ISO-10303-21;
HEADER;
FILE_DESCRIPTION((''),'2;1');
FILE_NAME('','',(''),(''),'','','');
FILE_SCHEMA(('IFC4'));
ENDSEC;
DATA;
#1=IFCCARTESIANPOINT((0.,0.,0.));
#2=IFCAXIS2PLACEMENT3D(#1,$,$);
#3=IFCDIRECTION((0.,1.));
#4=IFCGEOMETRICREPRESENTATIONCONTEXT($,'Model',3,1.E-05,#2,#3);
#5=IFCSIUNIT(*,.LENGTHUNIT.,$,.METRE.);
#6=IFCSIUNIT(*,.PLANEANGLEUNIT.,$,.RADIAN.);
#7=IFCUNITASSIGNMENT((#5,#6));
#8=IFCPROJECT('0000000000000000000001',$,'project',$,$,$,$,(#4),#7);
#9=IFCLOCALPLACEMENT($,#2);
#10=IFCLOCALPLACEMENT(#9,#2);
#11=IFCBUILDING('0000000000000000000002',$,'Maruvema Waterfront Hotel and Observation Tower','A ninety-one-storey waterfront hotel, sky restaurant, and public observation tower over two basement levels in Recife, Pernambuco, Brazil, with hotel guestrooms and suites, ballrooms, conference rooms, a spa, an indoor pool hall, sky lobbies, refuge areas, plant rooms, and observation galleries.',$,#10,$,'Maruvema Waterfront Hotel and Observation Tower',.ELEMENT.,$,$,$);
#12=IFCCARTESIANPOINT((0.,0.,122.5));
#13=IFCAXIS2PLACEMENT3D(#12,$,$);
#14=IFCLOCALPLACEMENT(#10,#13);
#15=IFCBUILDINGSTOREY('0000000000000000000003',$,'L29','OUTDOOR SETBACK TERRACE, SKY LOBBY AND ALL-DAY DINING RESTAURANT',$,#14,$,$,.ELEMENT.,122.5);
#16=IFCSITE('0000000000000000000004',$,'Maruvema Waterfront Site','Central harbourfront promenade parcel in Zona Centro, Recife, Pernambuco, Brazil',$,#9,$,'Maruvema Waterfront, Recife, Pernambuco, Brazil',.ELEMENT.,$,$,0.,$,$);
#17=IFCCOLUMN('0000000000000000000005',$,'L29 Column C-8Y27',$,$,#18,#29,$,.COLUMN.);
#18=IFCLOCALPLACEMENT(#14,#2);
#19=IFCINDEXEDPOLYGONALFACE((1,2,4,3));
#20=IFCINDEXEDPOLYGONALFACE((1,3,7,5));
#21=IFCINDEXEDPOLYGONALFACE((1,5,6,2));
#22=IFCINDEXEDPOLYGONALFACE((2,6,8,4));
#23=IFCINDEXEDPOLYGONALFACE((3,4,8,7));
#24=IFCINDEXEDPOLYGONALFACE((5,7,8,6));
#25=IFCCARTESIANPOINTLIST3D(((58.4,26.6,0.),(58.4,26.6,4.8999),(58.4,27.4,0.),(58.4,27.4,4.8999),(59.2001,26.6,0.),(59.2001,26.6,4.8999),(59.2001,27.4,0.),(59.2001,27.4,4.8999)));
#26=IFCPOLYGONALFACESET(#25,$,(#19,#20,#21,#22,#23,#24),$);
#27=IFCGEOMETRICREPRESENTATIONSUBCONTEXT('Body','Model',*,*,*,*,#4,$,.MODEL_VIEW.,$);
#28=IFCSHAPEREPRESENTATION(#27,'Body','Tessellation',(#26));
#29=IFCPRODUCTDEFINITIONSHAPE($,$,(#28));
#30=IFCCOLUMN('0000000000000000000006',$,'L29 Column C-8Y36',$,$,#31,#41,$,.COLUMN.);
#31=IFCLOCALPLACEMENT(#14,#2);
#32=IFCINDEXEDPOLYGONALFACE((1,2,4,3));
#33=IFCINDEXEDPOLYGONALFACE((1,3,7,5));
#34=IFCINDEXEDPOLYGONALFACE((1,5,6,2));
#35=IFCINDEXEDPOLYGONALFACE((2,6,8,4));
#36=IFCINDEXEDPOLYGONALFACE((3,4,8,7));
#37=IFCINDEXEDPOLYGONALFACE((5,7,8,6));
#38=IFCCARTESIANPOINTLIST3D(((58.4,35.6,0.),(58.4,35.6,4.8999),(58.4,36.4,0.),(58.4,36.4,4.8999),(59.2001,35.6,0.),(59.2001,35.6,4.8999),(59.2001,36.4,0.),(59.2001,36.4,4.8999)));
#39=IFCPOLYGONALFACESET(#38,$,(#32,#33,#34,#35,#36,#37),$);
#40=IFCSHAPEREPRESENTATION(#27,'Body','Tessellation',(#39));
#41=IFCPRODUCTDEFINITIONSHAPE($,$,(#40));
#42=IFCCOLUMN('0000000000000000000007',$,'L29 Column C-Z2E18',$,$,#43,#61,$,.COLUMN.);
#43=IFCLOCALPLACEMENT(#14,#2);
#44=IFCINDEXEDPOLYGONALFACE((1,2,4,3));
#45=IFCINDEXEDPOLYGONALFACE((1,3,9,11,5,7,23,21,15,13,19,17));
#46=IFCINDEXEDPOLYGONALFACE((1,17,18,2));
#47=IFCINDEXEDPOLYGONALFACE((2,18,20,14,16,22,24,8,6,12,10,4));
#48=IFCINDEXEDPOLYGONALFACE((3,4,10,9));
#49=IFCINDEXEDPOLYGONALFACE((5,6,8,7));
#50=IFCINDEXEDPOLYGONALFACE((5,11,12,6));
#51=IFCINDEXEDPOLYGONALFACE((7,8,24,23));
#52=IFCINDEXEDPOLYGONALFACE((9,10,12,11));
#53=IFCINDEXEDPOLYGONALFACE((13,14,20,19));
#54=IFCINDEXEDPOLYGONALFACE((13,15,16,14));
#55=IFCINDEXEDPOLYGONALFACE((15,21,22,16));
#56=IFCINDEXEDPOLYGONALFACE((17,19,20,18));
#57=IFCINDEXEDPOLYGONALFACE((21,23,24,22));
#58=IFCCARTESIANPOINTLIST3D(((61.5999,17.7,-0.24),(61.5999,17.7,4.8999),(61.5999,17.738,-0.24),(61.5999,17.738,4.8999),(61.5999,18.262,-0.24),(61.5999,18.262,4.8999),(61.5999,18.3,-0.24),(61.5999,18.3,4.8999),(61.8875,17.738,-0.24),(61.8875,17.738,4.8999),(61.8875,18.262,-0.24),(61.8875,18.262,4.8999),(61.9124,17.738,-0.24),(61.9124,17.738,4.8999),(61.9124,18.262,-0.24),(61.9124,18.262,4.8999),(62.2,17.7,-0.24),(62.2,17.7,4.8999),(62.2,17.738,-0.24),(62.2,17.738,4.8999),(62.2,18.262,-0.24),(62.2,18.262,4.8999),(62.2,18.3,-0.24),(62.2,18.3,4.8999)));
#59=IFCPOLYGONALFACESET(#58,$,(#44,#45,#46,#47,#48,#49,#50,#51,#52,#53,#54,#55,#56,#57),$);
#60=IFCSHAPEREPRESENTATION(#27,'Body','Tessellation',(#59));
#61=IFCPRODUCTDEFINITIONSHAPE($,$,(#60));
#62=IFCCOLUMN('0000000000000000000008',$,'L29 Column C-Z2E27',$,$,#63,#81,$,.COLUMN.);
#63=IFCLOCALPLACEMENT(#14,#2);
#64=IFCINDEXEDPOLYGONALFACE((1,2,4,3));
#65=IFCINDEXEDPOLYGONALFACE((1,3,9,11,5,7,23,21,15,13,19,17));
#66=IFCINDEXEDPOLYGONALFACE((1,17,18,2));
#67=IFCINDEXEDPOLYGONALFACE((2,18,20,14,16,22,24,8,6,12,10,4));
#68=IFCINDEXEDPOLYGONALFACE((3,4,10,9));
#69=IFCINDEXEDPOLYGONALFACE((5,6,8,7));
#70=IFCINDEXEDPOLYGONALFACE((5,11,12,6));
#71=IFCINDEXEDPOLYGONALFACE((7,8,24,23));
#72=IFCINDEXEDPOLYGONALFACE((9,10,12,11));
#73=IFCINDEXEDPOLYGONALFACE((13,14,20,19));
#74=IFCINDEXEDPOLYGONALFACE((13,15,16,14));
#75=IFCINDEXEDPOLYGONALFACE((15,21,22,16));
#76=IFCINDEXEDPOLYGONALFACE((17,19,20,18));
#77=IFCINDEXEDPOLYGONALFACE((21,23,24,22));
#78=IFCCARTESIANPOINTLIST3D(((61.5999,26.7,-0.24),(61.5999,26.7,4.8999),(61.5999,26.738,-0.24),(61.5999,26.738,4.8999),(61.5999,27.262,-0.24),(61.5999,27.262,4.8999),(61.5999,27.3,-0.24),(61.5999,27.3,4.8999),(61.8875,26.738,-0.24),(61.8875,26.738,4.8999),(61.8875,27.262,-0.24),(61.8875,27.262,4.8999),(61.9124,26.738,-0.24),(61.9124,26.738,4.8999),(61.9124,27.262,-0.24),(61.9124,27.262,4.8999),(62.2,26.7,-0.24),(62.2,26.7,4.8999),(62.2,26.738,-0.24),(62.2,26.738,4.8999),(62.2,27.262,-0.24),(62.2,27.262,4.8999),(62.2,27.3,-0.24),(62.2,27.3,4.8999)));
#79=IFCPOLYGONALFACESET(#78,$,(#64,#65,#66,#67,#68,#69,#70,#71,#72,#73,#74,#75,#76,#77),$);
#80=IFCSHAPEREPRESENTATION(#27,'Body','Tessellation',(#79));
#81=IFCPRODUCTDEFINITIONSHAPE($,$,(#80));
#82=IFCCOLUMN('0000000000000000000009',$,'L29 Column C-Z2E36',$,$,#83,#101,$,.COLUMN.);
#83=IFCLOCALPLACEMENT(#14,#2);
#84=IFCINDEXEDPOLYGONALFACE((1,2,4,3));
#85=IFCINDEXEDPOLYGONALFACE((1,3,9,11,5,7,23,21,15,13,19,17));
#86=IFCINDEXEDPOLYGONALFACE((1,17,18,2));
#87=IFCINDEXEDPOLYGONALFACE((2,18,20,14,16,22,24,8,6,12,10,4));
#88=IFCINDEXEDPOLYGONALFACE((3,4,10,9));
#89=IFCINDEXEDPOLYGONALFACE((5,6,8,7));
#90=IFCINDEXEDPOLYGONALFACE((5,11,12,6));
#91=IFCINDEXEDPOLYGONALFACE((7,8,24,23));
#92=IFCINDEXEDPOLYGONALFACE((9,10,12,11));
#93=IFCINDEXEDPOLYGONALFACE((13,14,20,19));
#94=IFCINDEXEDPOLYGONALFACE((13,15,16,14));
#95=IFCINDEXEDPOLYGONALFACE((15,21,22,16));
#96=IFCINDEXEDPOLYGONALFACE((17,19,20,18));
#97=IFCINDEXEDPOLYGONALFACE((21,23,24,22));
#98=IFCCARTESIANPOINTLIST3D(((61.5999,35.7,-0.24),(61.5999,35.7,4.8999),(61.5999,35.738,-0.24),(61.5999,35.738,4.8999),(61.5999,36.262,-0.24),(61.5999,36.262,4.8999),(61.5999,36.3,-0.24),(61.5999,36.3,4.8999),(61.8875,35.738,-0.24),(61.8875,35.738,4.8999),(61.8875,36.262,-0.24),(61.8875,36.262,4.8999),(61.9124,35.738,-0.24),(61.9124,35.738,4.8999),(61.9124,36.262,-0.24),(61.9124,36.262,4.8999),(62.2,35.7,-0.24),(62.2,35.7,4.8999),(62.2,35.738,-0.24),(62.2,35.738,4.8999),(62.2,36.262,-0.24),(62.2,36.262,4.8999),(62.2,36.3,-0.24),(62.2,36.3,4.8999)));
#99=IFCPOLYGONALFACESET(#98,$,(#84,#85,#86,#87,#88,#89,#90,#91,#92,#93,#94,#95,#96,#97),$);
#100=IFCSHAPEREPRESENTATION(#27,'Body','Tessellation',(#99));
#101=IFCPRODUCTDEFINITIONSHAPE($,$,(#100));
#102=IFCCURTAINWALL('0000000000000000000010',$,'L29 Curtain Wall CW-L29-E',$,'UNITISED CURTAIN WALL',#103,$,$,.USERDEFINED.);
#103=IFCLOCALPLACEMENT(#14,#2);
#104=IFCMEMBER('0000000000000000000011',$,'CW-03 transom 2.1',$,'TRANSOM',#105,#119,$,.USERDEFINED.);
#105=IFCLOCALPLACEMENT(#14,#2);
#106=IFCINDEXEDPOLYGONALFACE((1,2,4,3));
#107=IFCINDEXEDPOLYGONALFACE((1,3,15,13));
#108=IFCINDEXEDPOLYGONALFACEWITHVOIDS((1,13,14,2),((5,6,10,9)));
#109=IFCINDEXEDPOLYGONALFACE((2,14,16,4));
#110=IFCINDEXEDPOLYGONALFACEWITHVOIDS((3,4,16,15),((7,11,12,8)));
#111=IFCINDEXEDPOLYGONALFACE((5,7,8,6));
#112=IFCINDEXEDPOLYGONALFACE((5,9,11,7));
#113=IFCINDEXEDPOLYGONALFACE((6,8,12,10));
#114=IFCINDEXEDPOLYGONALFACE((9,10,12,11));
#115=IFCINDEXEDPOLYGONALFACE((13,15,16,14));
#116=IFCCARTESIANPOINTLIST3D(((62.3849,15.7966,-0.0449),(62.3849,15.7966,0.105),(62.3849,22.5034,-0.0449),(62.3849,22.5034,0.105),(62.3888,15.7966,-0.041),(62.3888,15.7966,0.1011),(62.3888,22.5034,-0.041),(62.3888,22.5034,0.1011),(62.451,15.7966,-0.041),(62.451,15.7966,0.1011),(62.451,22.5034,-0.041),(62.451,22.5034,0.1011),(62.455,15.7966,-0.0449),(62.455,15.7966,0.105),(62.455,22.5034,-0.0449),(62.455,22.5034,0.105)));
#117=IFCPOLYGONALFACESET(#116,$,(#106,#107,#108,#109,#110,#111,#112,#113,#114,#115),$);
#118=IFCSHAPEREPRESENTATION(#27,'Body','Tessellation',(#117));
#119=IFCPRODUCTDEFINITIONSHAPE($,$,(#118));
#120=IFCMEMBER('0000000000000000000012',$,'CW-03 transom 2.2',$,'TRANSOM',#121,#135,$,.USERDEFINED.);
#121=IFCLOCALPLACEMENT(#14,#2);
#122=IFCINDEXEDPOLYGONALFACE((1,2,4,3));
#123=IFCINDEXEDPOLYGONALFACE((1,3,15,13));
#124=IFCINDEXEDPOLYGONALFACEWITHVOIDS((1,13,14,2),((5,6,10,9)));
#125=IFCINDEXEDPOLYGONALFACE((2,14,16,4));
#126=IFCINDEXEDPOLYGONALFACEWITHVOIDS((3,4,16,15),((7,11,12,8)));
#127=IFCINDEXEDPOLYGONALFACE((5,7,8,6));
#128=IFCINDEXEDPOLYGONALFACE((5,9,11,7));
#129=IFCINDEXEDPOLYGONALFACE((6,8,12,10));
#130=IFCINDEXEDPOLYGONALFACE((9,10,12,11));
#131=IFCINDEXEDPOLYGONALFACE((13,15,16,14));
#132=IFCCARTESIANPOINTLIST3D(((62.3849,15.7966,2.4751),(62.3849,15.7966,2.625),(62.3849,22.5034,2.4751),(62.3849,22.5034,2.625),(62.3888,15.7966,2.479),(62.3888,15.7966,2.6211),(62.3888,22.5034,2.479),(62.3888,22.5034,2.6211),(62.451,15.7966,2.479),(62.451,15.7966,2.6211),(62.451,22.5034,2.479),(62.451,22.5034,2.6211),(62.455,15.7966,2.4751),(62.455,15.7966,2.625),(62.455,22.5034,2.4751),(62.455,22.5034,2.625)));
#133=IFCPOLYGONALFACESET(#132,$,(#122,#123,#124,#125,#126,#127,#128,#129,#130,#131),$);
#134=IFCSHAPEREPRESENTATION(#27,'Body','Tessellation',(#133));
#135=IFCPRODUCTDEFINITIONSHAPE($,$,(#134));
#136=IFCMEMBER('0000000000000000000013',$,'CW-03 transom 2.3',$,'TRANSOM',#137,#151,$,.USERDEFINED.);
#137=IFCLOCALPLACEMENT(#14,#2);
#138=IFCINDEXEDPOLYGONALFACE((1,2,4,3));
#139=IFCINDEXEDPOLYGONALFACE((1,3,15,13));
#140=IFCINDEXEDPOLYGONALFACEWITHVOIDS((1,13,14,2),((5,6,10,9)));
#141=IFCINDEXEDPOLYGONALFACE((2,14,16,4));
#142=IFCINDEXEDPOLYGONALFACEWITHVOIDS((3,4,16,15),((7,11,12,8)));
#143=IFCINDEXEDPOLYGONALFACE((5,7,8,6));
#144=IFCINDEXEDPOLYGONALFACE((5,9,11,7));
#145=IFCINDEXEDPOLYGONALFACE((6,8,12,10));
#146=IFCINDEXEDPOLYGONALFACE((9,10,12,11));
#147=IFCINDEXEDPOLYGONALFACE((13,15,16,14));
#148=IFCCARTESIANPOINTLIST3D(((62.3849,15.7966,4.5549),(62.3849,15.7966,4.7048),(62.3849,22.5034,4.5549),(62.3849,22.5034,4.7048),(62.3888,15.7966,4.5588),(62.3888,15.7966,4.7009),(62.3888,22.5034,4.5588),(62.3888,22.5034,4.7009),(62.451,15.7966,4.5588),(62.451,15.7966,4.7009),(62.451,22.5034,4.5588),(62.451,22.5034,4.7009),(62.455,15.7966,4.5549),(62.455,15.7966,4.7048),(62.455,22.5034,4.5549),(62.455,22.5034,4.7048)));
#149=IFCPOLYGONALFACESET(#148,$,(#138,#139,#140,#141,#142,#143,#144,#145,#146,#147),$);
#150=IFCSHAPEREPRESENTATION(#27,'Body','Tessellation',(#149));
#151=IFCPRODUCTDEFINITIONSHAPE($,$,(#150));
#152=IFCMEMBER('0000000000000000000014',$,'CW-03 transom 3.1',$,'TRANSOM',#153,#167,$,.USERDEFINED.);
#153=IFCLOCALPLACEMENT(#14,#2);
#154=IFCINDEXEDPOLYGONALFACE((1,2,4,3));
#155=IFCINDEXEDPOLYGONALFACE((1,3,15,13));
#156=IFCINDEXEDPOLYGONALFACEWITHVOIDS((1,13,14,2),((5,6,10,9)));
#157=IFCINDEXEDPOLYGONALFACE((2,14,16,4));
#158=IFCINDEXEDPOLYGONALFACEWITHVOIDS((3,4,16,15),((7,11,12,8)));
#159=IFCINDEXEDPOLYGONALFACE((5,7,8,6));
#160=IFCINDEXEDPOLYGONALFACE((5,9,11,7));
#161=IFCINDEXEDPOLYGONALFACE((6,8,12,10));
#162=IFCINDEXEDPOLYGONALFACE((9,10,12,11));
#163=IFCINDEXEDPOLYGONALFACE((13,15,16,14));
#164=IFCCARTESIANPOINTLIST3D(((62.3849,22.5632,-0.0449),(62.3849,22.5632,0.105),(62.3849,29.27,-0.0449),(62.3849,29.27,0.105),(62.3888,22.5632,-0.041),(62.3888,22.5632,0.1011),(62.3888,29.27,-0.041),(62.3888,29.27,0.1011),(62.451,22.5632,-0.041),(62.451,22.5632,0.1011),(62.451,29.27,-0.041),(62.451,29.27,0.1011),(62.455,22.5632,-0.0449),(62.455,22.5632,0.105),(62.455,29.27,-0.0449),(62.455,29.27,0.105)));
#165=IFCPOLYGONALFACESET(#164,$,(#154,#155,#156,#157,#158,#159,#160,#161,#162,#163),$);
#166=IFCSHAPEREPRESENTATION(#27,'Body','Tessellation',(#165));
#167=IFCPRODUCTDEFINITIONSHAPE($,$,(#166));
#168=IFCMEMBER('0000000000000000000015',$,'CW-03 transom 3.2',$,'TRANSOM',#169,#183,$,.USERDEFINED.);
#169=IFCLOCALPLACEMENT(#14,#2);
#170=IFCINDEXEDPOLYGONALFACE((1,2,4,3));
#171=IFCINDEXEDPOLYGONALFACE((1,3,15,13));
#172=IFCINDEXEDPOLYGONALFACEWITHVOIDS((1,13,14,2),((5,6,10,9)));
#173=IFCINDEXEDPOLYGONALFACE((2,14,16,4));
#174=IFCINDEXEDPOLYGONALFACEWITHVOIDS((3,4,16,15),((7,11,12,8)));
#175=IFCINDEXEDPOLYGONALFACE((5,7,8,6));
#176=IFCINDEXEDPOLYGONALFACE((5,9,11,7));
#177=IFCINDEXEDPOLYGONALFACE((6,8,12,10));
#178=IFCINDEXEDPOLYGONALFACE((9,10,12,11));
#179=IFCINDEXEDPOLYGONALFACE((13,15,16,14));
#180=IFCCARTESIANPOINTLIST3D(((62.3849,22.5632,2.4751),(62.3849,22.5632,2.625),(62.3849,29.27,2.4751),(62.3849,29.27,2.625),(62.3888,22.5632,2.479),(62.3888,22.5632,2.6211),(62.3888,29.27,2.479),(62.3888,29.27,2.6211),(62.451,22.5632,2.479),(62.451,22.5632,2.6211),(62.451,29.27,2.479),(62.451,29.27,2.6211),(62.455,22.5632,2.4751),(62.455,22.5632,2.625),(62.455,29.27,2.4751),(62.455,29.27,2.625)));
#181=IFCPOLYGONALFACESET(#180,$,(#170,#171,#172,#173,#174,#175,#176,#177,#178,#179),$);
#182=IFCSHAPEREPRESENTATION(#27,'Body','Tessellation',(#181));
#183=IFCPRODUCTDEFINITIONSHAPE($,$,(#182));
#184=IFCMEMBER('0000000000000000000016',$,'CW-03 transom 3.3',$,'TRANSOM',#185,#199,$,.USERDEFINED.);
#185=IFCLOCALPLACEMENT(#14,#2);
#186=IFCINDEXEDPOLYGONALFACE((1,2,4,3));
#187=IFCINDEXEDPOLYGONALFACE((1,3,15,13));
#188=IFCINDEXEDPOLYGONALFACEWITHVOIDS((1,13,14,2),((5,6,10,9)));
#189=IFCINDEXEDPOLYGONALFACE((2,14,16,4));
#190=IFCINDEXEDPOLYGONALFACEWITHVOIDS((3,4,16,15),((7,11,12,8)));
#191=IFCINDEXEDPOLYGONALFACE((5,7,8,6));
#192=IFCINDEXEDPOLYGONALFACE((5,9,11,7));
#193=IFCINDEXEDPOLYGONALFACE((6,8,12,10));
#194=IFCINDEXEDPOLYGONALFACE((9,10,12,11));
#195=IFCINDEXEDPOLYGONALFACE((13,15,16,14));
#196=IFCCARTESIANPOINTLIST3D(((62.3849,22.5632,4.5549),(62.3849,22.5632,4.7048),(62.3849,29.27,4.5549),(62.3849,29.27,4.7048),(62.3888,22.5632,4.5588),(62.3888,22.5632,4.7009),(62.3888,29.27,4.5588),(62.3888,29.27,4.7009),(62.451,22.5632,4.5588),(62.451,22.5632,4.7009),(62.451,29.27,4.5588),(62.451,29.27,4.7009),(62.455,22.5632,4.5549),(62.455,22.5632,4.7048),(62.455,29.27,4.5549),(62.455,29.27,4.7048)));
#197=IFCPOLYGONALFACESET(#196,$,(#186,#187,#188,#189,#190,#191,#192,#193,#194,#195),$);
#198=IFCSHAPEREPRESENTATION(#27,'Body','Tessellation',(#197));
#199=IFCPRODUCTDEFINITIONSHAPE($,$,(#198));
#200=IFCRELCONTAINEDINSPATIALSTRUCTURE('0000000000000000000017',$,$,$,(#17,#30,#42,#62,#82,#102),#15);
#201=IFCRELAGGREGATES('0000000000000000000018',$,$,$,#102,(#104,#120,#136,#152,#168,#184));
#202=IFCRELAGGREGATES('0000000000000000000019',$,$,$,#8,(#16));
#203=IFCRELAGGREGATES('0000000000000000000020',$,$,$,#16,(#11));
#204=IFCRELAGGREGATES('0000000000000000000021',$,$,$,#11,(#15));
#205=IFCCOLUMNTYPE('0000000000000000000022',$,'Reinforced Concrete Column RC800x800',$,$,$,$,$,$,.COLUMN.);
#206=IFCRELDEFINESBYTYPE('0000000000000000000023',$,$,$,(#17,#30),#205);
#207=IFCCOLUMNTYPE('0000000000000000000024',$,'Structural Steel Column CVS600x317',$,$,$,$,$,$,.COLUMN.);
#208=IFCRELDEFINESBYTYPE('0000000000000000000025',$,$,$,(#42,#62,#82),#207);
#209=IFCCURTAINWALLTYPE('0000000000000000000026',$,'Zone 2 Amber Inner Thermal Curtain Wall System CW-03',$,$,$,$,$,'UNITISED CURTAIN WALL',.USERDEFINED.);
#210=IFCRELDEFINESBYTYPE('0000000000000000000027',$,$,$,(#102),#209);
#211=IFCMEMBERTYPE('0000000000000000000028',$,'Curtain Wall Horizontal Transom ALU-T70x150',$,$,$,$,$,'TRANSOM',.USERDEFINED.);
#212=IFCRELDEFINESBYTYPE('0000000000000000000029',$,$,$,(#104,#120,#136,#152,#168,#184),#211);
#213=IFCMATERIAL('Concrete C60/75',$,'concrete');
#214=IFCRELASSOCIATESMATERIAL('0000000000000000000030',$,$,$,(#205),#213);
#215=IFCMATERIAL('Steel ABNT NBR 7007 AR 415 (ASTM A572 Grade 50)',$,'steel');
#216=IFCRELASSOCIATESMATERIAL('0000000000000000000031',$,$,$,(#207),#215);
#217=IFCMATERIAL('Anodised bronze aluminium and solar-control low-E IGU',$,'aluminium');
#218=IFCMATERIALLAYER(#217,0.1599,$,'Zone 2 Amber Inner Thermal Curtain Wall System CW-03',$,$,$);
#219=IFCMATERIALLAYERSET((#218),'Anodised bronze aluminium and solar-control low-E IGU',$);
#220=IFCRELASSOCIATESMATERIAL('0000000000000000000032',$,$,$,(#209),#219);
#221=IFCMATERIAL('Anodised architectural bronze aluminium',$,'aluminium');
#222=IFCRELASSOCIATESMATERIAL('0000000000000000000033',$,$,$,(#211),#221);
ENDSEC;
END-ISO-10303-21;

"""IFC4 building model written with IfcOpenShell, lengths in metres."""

from ifc_helpers import new_model, si_unit, direction, frame, origin, origin_2d, place, context, subcontext, project, spatial, rectangle, hollow_rectangle, i_section, extrude, material, layer, layer_set, material_profile, profile_set, type_object, element, aggregate, save


model = new_model("IFC4")

# Units and contexts
model_context = context("Model", 3, precision=1e-05, world=origin(), true_north=direction((0.0, 1.0)))
body_context = subcontext(model_context, "Body", "Model", "MODEL_VIEW")
ifc_project = project(units=[si_unit("LENGTHUNIT", "METRE"), si_unit("PLANEANGLEUNIT", "RADIAN")], contexts=[model_context])

# Site, building, storey
site_placement = place(None, origin())
site = spatial("IfcSite", under=ifc_project, at=site_placement, Name="Maruvema Waterfront Site", Description="Central harbourfront promenade parcel in Zona Centro, Recife, Pernambuco, Brazil", LongName="Maruvema Waterfront, Recife, Pernambuco, Brazil", CompositionType="ELEMENT", RefElevation=0.0)
building_placement = place(site_placement, origin())
building = spatial("IfcBuilding", under=site, at=building_placement, Name="Maruvema Waterfront Hotel and Observation Tower", Description="A ninety-one-storey waterfront hotel, sky restaurant, and public observation tower over two basement levels in Recife, Pernambuco, Brazil, with hotel guestrooms and suites, ballrooms, conference rooms, a spa, an indoor pool hall, sky lobbies, refuge areas, plant rooms, and observation galleries.", LongName="Maruvema Waterfront Hotel and Observation Tower", CompositionType="ELEMENT")
storey_placement = place(building_placement, frame((0.0, 0.0, 122.5)))
storey = spatial("IfcBuildingStorey", under=building, at=storey_placement, Name="L29", Description="OUTDOOR SETBACK TERRACE, SKY LOBBY AND ALL-DAY DINING RESTAURANT", CompositionType="ELEMENT", Elevation=122.5)

# Columns
ifc_material_1 = material(Name="Concrete C60/75", Category="concrete")
ifc_material_profile_1 = material_profile(ifc_material_1, rectangle(XDim=0.8, YDim=0.8, at=origin_2d()), Name="RC800x800")
ifc_profile_set_1 = profile_set([ifc_material_profile_1], Name="Concrete C60/75")
column_type_1 = type_object("IfcColumnType", Name="Reinforced Concrete Column RC800x800", PredefinedType="COLUMN", material=ifc_profile_set_1)
for number, where, z_axis, x_axis, name in (
    (1, (58.8, 27.0, 0.0), (0.0, 0.0, 1.0), (1.0, 0.0, 0.0), "L29 Column C-8Y27"),
    (2, (58.8, 36.0, 0.0), (0.0, 0.0, 1.0), (1.0, 0.0, 0.0), "L29 Column C-8Y36"),
):
    element("IfcColumn", number, at=place(storey_placement, frame(where, z_axis=z_axis, x_axis=x_axis)), inside=storey, type_object=column_type_1, Name=name, PredefinedType="COLUMN", context=body_context, shape_type="SweptSolid", body=[
        extrude(rectangle(XDim=0.8, YDim=0.8, at=origin_2d()), origin(), (0.0, 0.0, 1.0), 4.8999),
    ])
ifc_material_2 = material(Name="Steel ABNT NBR 7007 AR 415 (ASTM A572 Grade 50)", Category="steel")
ifc_material_profile_2 = material_profile(ifc_material_2, i_section(OverallWidth=0.6001, OverallDepth=0.6001, WebThickness=0.0249, FlangeThickness=0.0381, at=origin_2d()), Name="CVS600x317")
ifc_profile_set_2 = profile_set([ifc_material_profile_2], Name="Steel ABNT NBR 7007 AR 415 (ASTM A572 Grade 50)")
column_type_2 = type_object("IfcColumnType", Name="Structural Steel Column CVS600x317", PredefinedType="COLUMN", material=ifc_profile_set_2)
for number, where, z_axis, x_axis, name in (
    (3, (61.8999, 18.0, -0.24), (0.0, 0.0, 1.0), (1.0, 0.0, 0.0), "L29 Column C-Z2E18"),
    (4, (61.8999, 27.0, -0.24), (0.0, 0.0, 1.0), (1.0, 0.0, 0.0), "L29 Column C-Z2E27"),
    (5, (61.8999, 36.0, -0.24), (0.0, 0.0, 1.0), (1.0, 0.0, 0.0), "L29 Column C-Z2E36"),
):
    element("IfcColumn", number, at=place(storey_placement, frame(where, z_axis=z_axis, x_axis=x_axis)), inside=storey, type_object=column_type_2, Name=name, PredefinedType="COLUMN", context=body_context, shape_type="SweptSolid", body=[
        extrude(i_section(OverallWidth=0.6001, OverallDepth=0.6001, WebThickness=0.0249, FlangeThickness=0.0381, at=origin_2d()), origin(), (0.0, 0.0, 1.0), 5.1399),
    ])

# Curtain wall, members
ifc_material_3 = material(Name="Anodised bronze aluminium and solar-control low-E IGU", Category="aluminium")
ifc_layer_1 = layer(ifc_material_3, 0.1599, Name="Zone 2 Amber Inner Thermal Curtain Wall System CW-03")
ifc_layer_set_1 = layer_set([ifc_layer_1], Name="Anodised bronze aluminium and solar-control low-E IGU")
curtain_wall_type = type_object("IfcCurtainWallType", Name="Zone 2 Amber Inner Thermal Curtain Wall System CW-03", ElementType="UNITISED CURTAIN WALL", PredefinedType="USERDEFINED", material=ifc_layer_set_1)
curtain_wall_placement = place(storey_placement, origin())
curtain_wall = element("IfcCurtainWall", 6, at=curtain_wall_placement, inside=storey, type_object=curtain_wall_type, Name="L29 Curtain Wall CW-L29-E", ObjectType="UNITISED CURTAIN WALL", PredefinedType="USERDEFINED")
ifc_material_4 = material(Name="Anodised architectural bronze aluminium", Category="aluminium")
ifc_material_profile_3 = material_profile(ifc_material_4, hollow_rectangle(XDim=0.0701, YDim=0.1499, WallThickness=0.0039, at=origin_2d()), Name="ALU-T70x150")
ifc_profile_set_3 = profile_set([ifc_material_profile_3], Name="Anodised architectural bronze aluminium")
member_type_1 = type_object("IfcMemberType", Name="Curtain Wall Horizontal Transom ALU-T70x150", ElementType="TRANSOM", PredefinedType="USERDEFINED", material=ifc_profile_set_3)
member_1_placement = place(storey_placement, frame((62.4199, 15.7966, 0.03), z_axis=(0.0, 1.0, 0.0), x_axis=(-1.0, 0.0, 0.0)))
member_1 = element("IfcMember", 7, at=member_1_placement, type_object=member_type_1, Name="CW-03 transom 2.1", ObjectType="TRANSOM", PredefinedType="USERDEFINED", context=body_context, shape_type="SweptSolid", body=[
    extrude(hollow_rectangle(XDim=0.0701, YDim=0.1499, WallThickness=0.0039, at=origin_2d()), origin(), (0.0, 0.0, 1.0), 6.7068),
])
member_2_placement = place(storey_placement, frame((62.4199, 15.7966, 2.55), z_axis=(0.0, 1.0, 0.0), x_axis=(-1.0, 0.0, 0.0)))
member_2 = element("IfcMember", 8, at=member_2_placement, type_object=member_type_1, Name="CW-03 transom 2.2", ObjectType="TRANSOM", PredefinedType="USERDEFINED", context=body_context, shape_type="SweptSolid", body=[
    extrude(hollow_rectangle(XDim=0.0701, YDim=0.1499, WallThickness=0.0039, at=origin_2d()), origin(), (0.0, 0.0, 1.0), 6.7068),
])
member_3_placement = place(storey_placement, frame((62.4199, 15.7966, 4.6299), z_axis=(0.0, 1.0, 0.0), x_axis=(-1.0, 0.0, 0.0)))
member_3 = element("IfcMember", 9, at=member_3_placement, type_object=member_type_1, Name="CW-03 transom 2.3", ObjectType="TRANSOM", PredefinedType="USERDEFINED", context=body_context, shape_type="SweptSolid", body=[
    extrude(hollow_rectangle(XDim=0.0701, YDim=0.1499, WallThickness=0.0039, at=origin_2d()), origin(), (0.0, 0.0, 1.0), 6.7068),
])
member_4_placement = place(storey_placement, frame((62.4199, 22.5632, 0.03), z_axis=(0.0, 1.0, 0.0), x_axis=(-1.0, 0.0, 0.0)))
member_4 = element("IfcMember", 10, at=member_4_placement, type_object=member_type_1, Name="CW-03 transom 3.1", ObjectType="TRANSOM", PredefinedType="USERDEFINED", context=body_context, shape_type="SweptSolid", body=[
    extrude(hollow_rectangle(XDim=0.0701, YDim=0.1499, WallThickness=0.0039, at=origin_2d()), origin(), (0.0, 0.0, 1.0), 6.7068),
])
member_5_placement = place(storey_placement, frame((62.4199, 22.5632, 2.55), z_axis=(0.0, 1.0, 0.0), x_axis=(-1.0, 0.0, 0.0)))
member_5 = element("IfcMember", 11, at=member_5_placement, type_object=member_type_1, Name="CW-03 transom 3.2", ObjectType="TRANSOM", PredefinedType="USERDEFINED", context=body_context, shape_type="SweptSolid", body=[
    extrude(hollow_rectangle(XDim=0.0701, YDim=0.1499, WallThickness=0.0039, at=origin_2d()), origin(), (0.0, 0.0, 1.0), 6.7068),
])
member_6_placement = place(storey_placement, frame((62.4199, 22.5632, 4.6299), z_axis=(0.0, 1.0, 0.0), x_axis=(-1.0, 0.0, 0.0)))
member_6 = element("IfcMember", 12, at=member_6_placement, type_object=member_type_1, Name="CW-03 transom 3.3", ObjectType="TRANSOM", PredefinedType="USERDEFINED", context=body_context, shape_type="SweptSolid", body=[
    extrude(hollow_rectangle(XDim=0.0701, YDim=0.1499, WallThickness=0.0039, at=origin_2d()), origin(), (0.0, 0.0, 1.0), 6.7068),
])

aggregate(curtain_wall, [member_1, member_2, member_3, member_4, member_5, member_6])

save(model, "model.ifc")
